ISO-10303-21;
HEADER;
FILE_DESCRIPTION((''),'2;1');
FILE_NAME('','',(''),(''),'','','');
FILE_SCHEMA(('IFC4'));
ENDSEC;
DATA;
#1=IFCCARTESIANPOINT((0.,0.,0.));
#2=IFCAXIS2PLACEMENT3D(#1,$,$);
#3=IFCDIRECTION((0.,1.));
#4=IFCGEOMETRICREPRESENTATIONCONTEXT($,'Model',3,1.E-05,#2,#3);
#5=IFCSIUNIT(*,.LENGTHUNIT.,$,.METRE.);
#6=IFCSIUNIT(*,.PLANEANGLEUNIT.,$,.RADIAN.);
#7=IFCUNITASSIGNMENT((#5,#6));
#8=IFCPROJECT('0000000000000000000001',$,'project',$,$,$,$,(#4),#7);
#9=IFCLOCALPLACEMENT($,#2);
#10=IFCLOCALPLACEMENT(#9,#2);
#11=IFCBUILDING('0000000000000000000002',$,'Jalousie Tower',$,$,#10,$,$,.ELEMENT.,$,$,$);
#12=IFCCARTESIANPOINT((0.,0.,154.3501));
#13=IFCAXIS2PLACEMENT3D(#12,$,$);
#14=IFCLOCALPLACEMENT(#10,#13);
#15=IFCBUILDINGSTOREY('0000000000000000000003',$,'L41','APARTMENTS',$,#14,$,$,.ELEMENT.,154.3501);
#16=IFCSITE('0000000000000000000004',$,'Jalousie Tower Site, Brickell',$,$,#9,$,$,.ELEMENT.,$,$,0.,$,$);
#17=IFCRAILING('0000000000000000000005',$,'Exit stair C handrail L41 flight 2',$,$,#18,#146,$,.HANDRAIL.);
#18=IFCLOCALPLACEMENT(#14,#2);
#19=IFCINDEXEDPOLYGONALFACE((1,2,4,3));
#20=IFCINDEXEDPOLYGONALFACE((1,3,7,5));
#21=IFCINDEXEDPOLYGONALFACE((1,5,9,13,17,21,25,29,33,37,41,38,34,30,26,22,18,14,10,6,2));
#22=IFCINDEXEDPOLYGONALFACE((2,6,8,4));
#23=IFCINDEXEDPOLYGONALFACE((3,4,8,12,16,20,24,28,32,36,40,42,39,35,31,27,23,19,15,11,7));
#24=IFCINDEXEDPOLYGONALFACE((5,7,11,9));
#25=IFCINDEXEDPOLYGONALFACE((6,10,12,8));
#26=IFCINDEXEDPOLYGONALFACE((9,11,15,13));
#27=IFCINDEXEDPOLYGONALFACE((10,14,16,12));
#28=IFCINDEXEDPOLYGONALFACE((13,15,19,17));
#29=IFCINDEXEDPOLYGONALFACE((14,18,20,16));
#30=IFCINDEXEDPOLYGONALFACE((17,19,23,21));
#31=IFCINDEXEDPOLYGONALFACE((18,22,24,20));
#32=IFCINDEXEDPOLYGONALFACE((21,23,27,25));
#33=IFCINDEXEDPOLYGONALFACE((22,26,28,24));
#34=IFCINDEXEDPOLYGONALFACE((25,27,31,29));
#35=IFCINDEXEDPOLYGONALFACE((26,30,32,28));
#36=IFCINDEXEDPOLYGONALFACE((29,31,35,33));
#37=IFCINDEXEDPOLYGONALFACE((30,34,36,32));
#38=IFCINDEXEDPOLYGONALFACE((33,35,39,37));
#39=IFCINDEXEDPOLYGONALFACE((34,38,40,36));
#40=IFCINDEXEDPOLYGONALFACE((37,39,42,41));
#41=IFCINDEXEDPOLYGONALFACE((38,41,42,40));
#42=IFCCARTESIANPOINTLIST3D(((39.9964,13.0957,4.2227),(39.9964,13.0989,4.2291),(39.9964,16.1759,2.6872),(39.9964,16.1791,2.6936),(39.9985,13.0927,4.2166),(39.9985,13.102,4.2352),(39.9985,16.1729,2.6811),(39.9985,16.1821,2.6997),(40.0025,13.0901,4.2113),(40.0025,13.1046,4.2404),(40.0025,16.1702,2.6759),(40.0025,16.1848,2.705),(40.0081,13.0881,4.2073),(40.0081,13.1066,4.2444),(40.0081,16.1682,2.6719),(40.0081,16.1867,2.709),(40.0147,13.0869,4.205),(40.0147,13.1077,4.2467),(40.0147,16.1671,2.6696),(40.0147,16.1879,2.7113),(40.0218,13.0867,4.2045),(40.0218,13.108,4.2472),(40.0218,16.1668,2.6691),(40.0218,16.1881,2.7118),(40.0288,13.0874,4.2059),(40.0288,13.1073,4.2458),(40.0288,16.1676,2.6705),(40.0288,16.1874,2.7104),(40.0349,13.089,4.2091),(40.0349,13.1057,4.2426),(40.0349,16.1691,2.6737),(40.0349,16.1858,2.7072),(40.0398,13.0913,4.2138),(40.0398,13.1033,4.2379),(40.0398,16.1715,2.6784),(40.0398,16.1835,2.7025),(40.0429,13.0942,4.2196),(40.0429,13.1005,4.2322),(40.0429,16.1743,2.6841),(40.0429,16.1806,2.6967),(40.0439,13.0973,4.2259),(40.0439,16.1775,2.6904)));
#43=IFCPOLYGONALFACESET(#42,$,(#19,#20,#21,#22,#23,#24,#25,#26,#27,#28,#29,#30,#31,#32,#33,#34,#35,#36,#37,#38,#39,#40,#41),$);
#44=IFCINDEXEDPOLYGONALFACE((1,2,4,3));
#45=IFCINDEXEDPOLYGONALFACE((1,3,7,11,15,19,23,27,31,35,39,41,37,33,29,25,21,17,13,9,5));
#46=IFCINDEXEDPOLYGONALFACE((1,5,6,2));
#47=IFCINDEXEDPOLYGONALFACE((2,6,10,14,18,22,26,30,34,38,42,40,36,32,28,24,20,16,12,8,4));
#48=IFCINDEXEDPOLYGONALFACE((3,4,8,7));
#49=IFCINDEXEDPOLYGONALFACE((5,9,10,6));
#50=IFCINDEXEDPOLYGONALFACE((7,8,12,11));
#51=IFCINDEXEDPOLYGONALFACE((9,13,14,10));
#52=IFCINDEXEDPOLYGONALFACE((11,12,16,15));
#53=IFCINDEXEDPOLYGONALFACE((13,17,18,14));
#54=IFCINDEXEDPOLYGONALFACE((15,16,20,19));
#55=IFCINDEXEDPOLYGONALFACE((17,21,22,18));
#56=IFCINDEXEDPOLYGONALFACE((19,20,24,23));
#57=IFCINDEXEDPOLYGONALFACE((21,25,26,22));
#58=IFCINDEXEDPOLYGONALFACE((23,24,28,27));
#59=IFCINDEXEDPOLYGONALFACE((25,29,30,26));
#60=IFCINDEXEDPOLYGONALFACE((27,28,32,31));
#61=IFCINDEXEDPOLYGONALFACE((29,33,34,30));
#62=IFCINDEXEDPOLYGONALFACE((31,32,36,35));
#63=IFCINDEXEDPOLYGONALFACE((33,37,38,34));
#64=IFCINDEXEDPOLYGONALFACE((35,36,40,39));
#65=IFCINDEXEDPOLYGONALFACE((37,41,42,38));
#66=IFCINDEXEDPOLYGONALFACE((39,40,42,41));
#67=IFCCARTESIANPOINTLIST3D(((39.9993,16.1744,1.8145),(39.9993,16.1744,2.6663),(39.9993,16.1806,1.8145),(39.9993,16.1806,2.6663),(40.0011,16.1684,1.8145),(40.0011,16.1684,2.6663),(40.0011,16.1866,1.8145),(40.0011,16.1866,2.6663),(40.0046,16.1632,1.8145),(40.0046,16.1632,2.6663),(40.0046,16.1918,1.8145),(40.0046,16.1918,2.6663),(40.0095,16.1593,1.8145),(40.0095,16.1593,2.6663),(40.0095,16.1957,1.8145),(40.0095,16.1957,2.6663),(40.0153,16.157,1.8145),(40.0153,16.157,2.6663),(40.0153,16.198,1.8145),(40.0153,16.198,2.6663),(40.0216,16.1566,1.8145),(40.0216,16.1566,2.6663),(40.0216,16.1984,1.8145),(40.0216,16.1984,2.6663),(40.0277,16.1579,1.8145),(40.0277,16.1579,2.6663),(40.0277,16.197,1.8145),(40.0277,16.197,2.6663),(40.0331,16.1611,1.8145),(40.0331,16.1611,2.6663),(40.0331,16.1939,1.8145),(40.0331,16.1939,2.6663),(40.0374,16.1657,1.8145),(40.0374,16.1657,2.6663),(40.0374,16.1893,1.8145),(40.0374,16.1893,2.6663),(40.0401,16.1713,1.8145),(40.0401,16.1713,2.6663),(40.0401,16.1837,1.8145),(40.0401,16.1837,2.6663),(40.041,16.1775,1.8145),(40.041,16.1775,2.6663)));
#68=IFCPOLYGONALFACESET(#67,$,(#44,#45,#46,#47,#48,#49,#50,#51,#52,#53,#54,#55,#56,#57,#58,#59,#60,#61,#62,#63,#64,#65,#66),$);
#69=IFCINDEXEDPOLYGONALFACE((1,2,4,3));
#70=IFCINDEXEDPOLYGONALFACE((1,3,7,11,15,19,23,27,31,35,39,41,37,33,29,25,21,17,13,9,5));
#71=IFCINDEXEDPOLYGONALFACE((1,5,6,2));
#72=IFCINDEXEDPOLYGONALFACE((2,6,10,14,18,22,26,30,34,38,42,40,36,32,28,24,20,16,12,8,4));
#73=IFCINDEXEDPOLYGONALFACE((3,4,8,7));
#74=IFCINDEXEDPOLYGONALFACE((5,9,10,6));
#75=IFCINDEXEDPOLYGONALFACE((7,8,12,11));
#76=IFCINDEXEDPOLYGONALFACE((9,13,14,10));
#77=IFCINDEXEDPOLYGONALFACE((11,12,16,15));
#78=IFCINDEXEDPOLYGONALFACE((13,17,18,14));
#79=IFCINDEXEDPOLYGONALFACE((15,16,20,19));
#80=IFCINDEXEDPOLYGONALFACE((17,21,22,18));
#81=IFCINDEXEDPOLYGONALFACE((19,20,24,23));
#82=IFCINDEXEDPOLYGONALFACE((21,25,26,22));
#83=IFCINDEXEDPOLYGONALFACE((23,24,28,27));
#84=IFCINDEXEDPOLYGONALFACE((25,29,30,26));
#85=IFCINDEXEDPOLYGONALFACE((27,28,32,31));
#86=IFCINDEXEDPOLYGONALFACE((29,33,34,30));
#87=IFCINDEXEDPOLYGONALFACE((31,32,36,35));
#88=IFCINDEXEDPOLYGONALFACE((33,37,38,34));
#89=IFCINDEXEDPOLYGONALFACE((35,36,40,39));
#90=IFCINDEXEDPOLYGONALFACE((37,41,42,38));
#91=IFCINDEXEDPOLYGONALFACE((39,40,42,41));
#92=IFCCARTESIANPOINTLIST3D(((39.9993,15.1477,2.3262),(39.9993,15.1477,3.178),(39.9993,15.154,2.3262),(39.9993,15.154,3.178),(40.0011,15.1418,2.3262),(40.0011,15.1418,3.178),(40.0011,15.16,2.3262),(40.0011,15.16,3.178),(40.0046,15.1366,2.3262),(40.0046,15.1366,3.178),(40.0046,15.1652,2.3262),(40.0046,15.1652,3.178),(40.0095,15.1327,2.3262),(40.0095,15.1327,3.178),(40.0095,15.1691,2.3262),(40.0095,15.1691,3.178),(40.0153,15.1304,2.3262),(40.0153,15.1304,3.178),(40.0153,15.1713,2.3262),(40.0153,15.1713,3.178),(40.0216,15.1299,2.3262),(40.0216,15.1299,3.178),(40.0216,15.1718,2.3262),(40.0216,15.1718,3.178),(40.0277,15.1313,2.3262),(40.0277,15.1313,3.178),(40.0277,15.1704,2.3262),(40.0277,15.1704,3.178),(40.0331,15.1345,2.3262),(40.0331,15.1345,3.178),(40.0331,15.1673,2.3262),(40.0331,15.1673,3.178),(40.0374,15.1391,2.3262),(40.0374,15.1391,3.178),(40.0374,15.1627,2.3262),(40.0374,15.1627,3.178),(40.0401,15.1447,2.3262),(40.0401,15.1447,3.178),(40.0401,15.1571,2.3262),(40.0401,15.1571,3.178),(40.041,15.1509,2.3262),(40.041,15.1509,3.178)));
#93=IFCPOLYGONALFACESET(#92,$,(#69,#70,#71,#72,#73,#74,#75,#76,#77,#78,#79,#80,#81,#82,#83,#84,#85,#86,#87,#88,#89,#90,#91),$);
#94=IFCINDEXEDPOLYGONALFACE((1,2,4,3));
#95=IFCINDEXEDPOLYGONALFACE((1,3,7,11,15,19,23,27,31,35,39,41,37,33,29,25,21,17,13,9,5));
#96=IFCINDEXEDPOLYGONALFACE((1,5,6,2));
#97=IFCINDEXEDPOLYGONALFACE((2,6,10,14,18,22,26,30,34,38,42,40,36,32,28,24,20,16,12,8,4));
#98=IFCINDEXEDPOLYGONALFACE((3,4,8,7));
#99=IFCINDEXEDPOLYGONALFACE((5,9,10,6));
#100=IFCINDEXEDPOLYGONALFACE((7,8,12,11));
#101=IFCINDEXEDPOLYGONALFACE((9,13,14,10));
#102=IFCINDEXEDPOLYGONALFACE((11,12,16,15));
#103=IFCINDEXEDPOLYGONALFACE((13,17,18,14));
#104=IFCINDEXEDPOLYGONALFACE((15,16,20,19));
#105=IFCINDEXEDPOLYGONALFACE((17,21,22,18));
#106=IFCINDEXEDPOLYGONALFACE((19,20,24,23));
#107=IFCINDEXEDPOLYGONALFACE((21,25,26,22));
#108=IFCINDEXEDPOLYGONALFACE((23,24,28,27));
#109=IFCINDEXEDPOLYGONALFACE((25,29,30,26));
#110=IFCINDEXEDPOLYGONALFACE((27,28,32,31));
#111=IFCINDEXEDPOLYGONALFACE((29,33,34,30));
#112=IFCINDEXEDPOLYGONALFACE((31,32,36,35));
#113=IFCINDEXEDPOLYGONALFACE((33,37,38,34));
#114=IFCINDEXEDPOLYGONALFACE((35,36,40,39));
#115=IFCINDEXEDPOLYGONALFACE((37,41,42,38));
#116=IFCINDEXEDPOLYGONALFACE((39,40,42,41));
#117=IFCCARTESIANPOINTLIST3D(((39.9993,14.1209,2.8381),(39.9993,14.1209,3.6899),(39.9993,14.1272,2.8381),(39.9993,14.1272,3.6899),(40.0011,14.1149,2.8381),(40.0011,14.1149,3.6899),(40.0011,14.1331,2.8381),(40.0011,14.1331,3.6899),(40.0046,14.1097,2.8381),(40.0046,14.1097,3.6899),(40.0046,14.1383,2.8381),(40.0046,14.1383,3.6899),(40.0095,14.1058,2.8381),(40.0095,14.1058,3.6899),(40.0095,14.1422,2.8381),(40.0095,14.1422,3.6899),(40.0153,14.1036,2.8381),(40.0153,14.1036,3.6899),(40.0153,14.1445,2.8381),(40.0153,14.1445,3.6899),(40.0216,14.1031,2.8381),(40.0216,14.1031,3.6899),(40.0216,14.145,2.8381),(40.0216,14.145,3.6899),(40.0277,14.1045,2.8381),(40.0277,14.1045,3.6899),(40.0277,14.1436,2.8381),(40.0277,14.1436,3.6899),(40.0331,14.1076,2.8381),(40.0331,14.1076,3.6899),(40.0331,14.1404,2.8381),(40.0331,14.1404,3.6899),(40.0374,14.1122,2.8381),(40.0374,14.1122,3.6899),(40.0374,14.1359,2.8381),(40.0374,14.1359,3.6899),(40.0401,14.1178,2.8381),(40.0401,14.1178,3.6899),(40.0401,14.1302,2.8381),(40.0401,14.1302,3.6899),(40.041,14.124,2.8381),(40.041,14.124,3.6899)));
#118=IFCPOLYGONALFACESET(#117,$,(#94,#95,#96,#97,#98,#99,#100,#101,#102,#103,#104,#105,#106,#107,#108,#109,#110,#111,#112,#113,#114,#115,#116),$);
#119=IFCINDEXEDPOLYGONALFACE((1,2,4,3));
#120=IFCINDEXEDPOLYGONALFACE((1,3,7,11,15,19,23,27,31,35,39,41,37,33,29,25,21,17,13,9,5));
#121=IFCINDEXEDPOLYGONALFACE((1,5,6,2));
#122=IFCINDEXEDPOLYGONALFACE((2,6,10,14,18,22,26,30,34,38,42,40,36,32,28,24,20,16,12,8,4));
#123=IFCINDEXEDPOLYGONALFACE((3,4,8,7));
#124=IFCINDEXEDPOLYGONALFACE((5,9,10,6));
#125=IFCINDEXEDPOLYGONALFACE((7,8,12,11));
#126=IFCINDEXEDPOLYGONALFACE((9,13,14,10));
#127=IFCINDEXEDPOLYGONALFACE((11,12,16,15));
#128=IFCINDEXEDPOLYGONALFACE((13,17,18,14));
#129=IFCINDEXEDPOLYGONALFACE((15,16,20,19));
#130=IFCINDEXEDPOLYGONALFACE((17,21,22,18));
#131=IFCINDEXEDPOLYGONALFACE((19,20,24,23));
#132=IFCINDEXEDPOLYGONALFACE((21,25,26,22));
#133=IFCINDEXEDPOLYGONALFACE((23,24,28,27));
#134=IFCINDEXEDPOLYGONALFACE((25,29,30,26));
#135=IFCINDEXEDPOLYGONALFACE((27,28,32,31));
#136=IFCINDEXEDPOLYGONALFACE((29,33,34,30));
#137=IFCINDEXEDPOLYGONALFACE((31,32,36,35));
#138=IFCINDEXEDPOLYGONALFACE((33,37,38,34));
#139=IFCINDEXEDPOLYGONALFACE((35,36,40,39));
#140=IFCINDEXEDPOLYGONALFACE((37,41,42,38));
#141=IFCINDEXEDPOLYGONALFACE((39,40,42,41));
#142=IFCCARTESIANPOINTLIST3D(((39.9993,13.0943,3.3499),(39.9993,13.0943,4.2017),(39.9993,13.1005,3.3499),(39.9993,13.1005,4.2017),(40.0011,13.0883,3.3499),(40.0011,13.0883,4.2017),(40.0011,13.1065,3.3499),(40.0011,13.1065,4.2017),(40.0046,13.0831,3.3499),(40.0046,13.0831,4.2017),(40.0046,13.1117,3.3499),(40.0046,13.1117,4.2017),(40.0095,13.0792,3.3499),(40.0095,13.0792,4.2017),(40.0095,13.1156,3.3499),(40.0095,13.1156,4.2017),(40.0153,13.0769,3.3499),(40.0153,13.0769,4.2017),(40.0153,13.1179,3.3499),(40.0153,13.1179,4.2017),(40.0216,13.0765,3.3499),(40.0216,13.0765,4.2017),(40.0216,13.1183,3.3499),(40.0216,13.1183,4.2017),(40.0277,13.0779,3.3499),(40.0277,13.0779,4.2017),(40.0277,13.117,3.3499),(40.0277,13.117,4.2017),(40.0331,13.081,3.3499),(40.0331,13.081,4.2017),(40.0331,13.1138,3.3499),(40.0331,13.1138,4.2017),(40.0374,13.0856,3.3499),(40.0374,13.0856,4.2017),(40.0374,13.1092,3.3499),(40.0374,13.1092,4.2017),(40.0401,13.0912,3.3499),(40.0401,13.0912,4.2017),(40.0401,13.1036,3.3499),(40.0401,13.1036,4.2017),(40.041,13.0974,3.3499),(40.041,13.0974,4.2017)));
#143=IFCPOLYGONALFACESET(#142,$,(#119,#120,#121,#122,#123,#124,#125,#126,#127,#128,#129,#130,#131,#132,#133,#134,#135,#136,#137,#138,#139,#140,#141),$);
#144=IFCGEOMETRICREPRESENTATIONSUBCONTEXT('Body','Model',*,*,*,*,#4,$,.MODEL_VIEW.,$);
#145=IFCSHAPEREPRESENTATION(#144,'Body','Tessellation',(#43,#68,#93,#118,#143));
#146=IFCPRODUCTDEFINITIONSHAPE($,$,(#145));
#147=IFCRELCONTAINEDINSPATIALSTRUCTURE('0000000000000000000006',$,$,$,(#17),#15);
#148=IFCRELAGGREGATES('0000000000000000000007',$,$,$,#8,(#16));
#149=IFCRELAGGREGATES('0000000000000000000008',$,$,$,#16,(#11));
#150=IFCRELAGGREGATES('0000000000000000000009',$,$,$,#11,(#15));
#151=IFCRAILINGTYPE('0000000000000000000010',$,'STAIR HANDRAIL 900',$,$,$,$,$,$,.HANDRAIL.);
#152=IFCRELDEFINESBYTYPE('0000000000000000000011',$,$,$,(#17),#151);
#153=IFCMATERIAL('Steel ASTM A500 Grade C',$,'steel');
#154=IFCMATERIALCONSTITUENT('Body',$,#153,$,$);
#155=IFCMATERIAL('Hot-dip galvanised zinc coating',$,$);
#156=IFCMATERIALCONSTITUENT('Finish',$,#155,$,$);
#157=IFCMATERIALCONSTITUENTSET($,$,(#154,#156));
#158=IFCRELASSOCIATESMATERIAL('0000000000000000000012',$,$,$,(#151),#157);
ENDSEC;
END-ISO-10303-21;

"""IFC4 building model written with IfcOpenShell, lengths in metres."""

from ifc_helpers import new_model, si_unit, direction, frame, origin, origin_2d, place, context, subcontext, project, spatial, circle, extrude, material, constituent, constituent_set, type_object, element, save


model = new_model("IFC4")

# Units and contexts
model_context = context("Model", 3, precision=1e-05, world=origin(), true_north=direction((0.0, 1.0)))
body_context = subcontext(model_context, "Body", "Model", "MODEL_VIEW")
ifc_project = project(units=[si_unit("LENGTHUNIT", "METRE"), si_unit("PLANEANGLEUNIT", "RADIAN")], contexts=[model_context])

# Site, building, storey
site_placement = place(None, origin())
site = spatial("IfcSite", under=ifc_project, at=site_placement, Name="Jalousie Tower Site, Brickell", CompositionType="ELEMENT", RefElevation=0.0)
building_placement = place(site_placement, origin())
building = spatial("IfcBuilding", under=site, at=building_placement, Name="Jalousie Tower", CompositionType="ELEMENT")
storey_placement = place(building_placement, frame((0.0, 0.0, 154.3501)))
storey = spatial("IfcBuildingStorey", under=building, at=storey_placement, Name="L41", Description="APARTMENTS", CompositionType="ELEMENT", Elevation=154.3501)

# Railing
ifc_material_1 = material(Name="Steel ASTM A500 Grade C", Category="steel")
ifc_constituent_1 = constituent(ifc_material_1, Name="Body")
ifc_material_2 = material(Name="Hot-dip galvanised zinc coating")
ifc_constituent_2 = constituent(ifc_material_2, Name="Finish")
ifc_constituent_set_1 = constituent_set(constituents=[ifc_constituent_1, ifc_constituent_2])
railing_type_1 = type_object("IfcRailingType", Name="STAIR HANDRAIL 900", PredefinedType="HANDRAIL", material=ifc_constituent_set_1)
railing_1_placement = place(storey_placement, frame((40.02, 16.1775, 1.8145)))
element("IfcRailing", 1, at=railing_1_placement, inside=storey, type_object=railing_type_1, Name="Exit stair C handrail L41 flight 2", PredefinedType="HANDRAIL", context=body_context, shape_type="SweptSolid", body=[
    extrude(circle(Radius=0.0239, at=origin_2d()), frame((0.0, 0.0, 0.876), z_axis=(0.0, -0.894966, 0.446135), x_axis=(1.0, 0.0, 0.0)), (0.0, 0.0, 1.0), 3.4417),
    extrude(circle(Radius=0.021, at=origin_2d()), origin(), (0.0, 0.0, 1.0), 0.8518),
    extrude(circle(Radius=0.021, at=origin_2d()), frame((0.0, -1.0266, 0.5117)), (0.0, 0.0, 1.0), 0.8518),
    extrude(circle(Radius=0.021, at=origin_2d()), frame((0.0, -2.0535, 1.0237)), (0.0, 0.0, 1.0), 0.8518),
    extrude(circle(Radius=0.021, at=origin_2d()), frame((0.0, -3.0801, 1.5354)), (0.0, 0.0, 1.0), 0.8518),
])

save(model, "model.ifc")
